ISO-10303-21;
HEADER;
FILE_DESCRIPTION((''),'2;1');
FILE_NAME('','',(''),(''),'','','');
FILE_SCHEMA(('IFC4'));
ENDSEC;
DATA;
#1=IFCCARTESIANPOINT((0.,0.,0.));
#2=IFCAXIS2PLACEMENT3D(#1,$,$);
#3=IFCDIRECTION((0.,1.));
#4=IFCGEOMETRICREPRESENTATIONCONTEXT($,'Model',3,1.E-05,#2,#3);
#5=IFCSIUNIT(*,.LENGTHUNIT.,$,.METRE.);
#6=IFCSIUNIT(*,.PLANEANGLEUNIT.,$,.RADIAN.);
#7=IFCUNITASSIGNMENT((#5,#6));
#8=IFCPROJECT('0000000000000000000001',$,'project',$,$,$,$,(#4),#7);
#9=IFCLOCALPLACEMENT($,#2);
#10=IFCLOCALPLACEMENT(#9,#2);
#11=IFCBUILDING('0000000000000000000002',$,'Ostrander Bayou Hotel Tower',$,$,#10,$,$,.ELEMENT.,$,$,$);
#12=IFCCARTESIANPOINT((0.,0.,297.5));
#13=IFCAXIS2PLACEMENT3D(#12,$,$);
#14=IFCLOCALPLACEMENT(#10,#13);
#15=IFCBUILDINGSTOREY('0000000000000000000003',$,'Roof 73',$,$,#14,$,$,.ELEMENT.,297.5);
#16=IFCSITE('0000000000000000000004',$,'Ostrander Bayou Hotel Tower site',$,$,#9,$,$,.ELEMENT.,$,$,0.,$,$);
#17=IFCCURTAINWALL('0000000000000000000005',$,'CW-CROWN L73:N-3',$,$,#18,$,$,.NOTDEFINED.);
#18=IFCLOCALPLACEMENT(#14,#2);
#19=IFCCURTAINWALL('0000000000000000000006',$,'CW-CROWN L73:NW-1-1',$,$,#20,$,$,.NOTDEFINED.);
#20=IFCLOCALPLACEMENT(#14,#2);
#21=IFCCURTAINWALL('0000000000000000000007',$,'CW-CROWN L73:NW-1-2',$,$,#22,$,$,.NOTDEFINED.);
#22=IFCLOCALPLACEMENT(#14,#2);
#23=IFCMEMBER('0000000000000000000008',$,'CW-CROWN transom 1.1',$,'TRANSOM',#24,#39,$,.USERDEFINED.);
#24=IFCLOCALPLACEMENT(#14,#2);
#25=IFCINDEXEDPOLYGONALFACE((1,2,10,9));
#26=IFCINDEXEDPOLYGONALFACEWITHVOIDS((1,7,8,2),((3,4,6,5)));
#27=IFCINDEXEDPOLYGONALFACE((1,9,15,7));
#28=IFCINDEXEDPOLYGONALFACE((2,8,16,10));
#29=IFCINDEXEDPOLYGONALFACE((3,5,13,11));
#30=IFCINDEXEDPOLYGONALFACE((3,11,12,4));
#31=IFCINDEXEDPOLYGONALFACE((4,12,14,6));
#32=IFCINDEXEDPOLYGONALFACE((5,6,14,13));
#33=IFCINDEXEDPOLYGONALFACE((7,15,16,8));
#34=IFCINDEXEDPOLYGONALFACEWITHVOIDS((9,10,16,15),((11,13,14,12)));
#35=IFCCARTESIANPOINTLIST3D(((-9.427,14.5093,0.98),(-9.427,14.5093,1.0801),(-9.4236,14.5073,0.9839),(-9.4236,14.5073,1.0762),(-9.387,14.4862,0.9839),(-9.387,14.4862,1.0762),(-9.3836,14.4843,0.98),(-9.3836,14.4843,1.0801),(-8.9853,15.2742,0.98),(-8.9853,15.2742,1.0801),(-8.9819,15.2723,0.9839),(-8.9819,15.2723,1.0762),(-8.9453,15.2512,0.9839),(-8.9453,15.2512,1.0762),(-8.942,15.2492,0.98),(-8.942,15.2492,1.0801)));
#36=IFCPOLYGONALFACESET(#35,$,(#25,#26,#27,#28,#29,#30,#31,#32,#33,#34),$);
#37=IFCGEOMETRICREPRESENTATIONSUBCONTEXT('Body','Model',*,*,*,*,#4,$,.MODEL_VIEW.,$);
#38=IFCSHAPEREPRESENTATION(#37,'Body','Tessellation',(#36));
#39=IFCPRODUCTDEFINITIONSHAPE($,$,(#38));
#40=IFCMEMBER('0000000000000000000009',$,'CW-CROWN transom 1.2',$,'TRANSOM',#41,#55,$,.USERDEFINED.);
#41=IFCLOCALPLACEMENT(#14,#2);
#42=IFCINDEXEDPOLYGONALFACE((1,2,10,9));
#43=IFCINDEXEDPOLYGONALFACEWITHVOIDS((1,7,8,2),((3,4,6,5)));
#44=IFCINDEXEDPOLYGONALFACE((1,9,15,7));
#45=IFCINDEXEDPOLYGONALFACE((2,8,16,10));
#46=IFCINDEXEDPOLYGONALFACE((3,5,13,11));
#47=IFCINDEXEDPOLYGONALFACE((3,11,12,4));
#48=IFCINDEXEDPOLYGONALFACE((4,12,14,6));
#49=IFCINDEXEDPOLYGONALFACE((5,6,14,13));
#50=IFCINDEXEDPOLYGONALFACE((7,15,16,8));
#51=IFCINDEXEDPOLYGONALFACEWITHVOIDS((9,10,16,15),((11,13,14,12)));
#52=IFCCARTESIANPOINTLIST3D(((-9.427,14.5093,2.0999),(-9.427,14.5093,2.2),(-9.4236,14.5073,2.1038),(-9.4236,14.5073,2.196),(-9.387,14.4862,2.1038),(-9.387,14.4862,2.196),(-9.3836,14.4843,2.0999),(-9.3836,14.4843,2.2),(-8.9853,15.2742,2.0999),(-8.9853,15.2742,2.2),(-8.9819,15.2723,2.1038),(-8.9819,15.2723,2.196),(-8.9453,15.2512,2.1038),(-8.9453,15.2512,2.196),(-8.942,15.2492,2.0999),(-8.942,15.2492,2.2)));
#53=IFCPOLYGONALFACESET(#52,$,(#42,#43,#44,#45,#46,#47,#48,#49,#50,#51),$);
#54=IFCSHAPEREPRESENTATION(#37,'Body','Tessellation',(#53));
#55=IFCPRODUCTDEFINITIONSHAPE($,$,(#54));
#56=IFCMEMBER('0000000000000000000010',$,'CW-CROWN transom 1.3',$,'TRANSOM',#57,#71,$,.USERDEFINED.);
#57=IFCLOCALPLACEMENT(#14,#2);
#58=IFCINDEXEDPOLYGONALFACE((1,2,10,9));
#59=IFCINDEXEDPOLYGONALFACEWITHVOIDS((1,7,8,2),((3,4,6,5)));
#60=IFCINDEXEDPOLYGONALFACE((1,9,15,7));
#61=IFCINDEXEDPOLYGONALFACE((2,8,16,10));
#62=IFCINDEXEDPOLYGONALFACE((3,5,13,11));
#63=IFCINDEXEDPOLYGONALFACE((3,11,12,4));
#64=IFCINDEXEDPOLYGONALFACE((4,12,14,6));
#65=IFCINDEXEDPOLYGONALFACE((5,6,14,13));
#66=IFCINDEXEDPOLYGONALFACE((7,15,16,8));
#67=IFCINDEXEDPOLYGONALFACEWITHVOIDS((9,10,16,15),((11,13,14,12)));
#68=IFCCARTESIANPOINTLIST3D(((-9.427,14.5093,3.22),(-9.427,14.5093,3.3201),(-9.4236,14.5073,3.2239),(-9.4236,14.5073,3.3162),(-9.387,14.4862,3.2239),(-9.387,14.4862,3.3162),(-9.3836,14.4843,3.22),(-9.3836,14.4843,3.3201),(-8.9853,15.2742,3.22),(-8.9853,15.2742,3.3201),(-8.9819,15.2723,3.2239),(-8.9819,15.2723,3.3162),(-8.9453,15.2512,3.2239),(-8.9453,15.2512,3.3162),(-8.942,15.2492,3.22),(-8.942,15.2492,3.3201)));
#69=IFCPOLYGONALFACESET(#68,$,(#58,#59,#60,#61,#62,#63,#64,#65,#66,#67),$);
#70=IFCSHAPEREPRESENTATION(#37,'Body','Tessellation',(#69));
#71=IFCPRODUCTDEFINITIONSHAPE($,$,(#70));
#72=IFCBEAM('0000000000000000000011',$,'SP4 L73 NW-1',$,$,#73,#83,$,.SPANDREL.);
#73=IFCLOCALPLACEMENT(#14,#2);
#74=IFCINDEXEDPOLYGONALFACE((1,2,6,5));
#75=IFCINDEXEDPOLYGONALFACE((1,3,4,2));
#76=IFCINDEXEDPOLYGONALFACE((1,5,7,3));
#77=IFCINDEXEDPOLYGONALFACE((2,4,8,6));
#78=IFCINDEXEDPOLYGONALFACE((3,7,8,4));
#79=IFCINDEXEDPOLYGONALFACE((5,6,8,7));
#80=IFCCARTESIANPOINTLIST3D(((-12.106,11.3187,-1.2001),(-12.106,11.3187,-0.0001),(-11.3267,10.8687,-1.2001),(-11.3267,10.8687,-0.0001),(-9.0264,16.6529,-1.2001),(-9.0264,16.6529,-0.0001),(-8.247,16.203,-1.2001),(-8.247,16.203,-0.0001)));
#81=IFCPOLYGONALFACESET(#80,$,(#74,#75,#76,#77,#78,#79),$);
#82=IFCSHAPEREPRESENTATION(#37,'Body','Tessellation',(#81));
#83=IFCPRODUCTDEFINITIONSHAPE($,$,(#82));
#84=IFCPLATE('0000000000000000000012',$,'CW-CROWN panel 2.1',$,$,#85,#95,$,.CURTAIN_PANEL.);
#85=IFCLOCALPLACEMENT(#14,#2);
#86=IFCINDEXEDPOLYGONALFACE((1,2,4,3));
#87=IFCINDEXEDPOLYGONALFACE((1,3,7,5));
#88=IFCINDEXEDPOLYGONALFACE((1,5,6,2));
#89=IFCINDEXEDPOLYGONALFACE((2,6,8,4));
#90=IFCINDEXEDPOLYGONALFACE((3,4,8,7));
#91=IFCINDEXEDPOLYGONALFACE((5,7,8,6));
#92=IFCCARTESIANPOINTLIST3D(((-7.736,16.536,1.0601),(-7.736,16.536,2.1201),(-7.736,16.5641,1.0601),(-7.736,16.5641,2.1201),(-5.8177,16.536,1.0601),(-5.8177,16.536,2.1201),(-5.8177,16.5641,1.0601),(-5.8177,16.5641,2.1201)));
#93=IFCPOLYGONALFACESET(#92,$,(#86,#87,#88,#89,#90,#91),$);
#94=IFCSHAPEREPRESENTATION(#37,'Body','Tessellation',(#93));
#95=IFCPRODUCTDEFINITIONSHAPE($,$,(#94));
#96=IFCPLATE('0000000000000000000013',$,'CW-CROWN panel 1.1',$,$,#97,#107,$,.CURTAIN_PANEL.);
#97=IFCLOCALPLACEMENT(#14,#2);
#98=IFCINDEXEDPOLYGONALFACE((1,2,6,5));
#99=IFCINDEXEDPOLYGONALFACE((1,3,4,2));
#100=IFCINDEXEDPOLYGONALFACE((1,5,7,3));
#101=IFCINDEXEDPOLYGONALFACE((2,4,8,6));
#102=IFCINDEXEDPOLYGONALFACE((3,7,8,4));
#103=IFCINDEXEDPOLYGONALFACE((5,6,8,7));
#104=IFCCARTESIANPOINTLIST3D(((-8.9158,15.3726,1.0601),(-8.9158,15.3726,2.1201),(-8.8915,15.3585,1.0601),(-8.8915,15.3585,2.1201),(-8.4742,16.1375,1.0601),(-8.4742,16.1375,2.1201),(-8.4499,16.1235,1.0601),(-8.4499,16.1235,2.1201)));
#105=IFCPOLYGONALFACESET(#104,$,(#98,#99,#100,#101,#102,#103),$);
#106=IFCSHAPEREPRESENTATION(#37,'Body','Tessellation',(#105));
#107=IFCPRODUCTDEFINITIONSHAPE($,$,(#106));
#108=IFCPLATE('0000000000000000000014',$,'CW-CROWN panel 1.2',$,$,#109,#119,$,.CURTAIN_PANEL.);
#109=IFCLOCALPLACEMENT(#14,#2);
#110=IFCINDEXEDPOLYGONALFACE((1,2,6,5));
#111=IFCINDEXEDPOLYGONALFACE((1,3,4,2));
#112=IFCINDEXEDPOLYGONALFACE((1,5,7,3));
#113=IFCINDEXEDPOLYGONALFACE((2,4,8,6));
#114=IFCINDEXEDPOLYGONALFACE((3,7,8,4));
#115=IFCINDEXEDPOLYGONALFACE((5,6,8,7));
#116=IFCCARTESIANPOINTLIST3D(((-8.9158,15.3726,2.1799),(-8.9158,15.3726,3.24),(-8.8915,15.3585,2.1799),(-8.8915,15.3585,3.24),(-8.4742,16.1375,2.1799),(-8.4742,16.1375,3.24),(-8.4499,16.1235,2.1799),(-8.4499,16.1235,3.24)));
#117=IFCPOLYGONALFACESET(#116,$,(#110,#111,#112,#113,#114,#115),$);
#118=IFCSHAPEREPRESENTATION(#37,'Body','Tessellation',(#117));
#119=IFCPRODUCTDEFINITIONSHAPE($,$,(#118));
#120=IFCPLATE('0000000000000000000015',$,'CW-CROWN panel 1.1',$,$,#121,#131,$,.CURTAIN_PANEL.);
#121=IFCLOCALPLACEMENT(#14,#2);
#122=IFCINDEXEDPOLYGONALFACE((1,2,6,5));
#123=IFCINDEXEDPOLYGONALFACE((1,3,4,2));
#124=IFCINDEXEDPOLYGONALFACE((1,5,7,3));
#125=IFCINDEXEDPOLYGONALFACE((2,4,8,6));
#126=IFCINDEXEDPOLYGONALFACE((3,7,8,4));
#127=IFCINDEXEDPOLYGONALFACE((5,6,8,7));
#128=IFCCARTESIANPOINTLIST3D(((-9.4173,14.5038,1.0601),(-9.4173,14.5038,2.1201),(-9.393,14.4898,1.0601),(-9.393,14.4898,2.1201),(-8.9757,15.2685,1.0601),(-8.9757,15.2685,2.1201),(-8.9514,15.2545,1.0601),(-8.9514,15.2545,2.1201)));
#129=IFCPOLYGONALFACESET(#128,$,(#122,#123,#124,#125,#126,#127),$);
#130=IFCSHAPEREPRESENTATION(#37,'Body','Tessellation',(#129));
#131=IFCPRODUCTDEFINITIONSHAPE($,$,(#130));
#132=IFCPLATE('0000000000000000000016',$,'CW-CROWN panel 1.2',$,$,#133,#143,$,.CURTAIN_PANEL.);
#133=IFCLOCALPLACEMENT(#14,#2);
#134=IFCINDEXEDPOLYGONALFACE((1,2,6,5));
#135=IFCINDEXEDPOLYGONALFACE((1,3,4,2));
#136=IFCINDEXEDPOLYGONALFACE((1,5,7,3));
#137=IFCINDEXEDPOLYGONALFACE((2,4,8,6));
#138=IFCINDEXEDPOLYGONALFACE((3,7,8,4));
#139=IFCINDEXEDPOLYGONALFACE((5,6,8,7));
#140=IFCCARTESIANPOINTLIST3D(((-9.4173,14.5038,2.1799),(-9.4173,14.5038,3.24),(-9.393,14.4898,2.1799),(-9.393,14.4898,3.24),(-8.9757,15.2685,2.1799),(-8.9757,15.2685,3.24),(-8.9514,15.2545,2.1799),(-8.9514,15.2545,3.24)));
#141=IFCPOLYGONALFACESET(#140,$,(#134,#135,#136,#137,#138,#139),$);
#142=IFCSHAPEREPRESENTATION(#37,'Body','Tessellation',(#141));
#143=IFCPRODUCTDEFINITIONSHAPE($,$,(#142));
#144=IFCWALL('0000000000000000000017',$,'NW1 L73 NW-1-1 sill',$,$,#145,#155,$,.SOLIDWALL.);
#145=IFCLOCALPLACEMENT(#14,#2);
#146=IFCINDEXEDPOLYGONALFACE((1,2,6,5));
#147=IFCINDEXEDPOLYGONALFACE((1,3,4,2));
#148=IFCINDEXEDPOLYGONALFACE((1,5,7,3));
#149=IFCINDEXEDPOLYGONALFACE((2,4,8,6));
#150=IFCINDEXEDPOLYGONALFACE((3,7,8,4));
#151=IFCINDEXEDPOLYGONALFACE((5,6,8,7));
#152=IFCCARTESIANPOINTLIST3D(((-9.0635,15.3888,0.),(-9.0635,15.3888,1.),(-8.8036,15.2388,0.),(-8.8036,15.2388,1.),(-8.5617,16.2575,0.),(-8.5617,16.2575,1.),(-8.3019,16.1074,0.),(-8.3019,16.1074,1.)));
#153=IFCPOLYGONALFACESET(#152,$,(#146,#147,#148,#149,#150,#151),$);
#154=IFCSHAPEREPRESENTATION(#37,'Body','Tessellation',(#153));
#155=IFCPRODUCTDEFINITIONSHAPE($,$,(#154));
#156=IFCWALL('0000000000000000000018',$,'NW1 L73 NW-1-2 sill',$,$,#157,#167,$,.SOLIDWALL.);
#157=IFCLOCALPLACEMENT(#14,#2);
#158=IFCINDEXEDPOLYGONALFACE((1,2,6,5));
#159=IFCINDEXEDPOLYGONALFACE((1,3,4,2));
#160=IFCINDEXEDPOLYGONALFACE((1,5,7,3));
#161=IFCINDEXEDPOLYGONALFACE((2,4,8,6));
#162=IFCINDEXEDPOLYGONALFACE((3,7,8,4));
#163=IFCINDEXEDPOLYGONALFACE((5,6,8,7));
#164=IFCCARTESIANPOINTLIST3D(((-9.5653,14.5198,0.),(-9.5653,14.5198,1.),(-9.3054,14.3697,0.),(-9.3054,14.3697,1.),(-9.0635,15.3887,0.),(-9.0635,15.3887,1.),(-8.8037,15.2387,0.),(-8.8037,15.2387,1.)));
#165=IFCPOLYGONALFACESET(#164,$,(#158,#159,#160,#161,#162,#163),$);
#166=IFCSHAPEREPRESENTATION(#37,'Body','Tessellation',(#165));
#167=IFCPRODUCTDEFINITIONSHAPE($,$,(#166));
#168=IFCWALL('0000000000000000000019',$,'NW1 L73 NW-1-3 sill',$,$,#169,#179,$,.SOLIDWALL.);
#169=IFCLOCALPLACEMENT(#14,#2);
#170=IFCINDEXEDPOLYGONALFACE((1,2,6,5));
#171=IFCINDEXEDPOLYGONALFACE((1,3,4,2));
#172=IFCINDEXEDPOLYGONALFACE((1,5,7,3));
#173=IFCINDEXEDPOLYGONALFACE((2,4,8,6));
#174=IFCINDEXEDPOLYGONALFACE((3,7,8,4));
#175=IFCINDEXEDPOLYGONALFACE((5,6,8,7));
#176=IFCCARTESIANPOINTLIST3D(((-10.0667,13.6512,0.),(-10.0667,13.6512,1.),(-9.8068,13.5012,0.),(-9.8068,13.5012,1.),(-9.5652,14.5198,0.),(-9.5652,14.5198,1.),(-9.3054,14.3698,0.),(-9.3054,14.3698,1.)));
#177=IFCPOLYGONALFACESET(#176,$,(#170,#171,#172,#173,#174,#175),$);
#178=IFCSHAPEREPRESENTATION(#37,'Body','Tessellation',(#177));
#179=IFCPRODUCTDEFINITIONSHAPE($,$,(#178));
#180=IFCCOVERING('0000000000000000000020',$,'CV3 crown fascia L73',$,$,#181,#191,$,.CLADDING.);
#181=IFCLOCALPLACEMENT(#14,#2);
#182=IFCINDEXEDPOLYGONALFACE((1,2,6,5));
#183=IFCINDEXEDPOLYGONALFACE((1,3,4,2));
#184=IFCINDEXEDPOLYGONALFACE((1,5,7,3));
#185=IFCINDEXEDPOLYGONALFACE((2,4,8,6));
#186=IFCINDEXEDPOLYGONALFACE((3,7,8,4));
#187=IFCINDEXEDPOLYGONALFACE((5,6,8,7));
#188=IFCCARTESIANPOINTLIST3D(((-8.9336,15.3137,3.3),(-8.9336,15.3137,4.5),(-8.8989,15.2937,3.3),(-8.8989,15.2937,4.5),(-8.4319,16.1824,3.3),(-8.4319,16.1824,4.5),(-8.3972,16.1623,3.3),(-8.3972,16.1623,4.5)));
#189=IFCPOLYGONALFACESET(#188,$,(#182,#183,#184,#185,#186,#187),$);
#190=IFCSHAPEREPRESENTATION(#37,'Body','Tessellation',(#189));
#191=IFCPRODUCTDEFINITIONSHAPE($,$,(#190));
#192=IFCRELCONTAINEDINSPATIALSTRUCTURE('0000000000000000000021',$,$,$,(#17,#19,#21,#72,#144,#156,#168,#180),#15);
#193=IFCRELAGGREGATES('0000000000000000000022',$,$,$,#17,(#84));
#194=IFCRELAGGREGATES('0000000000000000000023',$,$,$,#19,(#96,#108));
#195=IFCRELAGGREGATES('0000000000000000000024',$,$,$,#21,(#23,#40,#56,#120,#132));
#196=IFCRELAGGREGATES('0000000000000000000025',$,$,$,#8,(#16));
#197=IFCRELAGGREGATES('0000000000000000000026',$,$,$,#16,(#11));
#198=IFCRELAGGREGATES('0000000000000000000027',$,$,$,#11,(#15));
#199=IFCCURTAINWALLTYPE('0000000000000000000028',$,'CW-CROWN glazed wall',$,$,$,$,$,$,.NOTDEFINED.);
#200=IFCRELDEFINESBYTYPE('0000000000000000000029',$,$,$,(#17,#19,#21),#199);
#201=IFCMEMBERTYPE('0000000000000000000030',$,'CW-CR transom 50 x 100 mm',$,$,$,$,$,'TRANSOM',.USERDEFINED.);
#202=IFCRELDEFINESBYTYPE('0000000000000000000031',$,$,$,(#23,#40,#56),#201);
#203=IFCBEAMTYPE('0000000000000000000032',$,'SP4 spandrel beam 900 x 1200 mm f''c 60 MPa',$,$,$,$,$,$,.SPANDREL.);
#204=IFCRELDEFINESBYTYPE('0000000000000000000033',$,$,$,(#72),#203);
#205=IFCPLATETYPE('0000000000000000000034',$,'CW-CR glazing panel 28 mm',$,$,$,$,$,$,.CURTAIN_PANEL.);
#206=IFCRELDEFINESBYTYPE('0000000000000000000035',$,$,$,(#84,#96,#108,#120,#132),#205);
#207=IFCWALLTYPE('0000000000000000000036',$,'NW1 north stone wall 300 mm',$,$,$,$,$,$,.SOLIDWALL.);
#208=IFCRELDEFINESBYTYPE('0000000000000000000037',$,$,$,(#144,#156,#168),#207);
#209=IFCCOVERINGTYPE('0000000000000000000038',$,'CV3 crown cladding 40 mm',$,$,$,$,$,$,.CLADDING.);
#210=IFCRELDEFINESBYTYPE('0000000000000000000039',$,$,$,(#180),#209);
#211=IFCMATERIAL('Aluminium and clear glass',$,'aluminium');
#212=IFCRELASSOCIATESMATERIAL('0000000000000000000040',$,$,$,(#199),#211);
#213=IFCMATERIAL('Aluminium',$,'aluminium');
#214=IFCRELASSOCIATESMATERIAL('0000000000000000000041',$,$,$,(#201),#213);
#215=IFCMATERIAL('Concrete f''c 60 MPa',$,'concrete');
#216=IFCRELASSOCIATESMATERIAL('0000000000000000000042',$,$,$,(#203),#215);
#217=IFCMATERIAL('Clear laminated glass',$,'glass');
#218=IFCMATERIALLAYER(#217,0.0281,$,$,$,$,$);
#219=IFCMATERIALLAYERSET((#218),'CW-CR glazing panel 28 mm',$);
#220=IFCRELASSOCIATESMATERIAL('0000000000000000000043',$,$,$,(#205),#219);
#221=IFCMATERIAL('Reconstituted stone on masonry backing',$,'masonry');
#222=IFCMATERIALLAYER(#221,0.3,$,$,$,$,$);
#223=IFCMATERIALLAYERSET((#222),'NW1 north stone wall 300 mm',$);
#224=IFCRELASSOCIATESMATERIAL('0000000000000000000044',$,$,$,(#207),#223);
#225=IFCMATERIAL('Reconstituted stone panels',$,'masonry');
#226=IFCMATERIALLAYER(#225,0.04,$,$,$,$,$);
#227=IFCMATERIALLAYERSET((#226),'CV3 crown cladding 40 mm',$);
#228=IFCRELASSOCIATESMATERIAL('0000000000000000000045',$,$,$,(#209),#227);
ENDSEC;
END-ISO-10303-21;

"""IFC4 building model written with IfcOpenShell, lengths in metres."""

from ifc_helpers import new_model, si_unit, direction, frame, frame_2d, origin, origin_2d, place, context, subcontext, project, spatial, polyline, rectangle, hollow_rectangle, outline, extrude, material, layer, layer_set, material_profile, profile_set, type_object, element, aggregate, save


model = new_model("IFC4")

# Units and contexts
model_context = context("Model", 3, precision=1e-05, world=origin(), true_north=direction((0.0, 1.0)))
body_context = subcontext(model_context, "Body", "Model", "MODEL_VIEW")
ifc_project = project(units=[si_unit("LENGTHUNIT", "METRE"), si_unit("PLANEANGLEUNIT", "RADIAN")], contexts=[model_context])

# Site, building, storey
site_placement = place(None, origin())
site = spatial("IfcSite", under=ifc_project, at=site_placement, Name="Ostrander Bayou Hotel Tower site", CompositionType="ELEMENT", RefElevation=0.0)
building_placement = place(site_placement, origin())
building = spatial("IfcBuilding", under=site, at=building_placement, Name="Ostrander Bayou Hotel Tower", CompositionType="ELEMENT")
storey_placement = place(building_placement, frame((0.0, 0.0, 297.5)))
storey = spatial("IfcBuildingStorey", under=building, at=storey_placement, Name="Roof 73", CompositionType="ELEMENT", Elevation=297.5)

# Curtain wall
ifc_material_1 = material(Name="Aluminium and clear glass", Category="aluminium")
curtain_wall_type = type_object("IfcCurtainWallType", Name="CW-CROWN glazed wall", PredefinedType="NOTDEFINED", material=ifc_material_1)
curtain_wall_1_placement = place(storey_placement, origin())
curtain_wall_1 = element("IfcCurtainWall", 1, at=curtain_wall_1_placement, inside=storey, type_object=curtain_wall_type, Name="CW-CROWN L73:N-3", PredefinedType="NOTDEFINED")

# Curtain walls
curtain_wall_2_placement = place(storey_placement, origin())
curtain_wall_2 = element("IfcCurtainWall", 2, at=curtain_wall_2_placement, inside=storey, type_object=curtain_wall_type, Name="CW-CROWN L73:NW-1-1", PredefinedType="NOTDEFINED")
curtain_wall_3_placement = place(storey_placement, origin())
curtain_wall_3 = element("IfcCurtainWall", 3, at=curtain_wall_3_placement, inside=storey, type_object=curtain_wall_type, Name="CW-CROWN L73:NW-1-2", PredefinedType="NOTDEFINED")

# Members
ifc_material_2 = material(Name="Aluminium", Category="aluminium")
ifc_material_profile_1 = material_profile(ifc_material_2, hollow_rectangle(XDim=0.05, YDim=0.1001, WallThickness=0.0039, at=origin_2d()))
ifc_profile_set_1 = profile_set([ifc_material_profile_1], Name="Aluminium")
member_type_1 = type_object("IfcMemberType", Name="CW-CR transom 50 x 100 mm", ElementType="TRANSOM", PredefinedType="USERDEFINED", material=ifc_profile_set_1)
member_1_placement = place(storey_placement, frame((-8.9636, 15.2617, 1.03), z_axis=(-0.500034, -0.866006, 0.0), x_axis=(0.866006, -0.500034, 0.0)))
member_1 = element("IfcMember", 4, at=member_1_placement, type_object=member_type_1, Name="CW-CROWN transom 1.1", ObjectType="TRANSOM", PredefinedType="USERDEFINED", context=body_context, shape_type="SweptSolid", body=[
    extrude(hollow_rectangle(XDim=0.05, YDim=0.1001, WallThickness=0.0039, at=origin_2d()), origin(), (0.0, 0.0, 1.0), 0.8833),
])
member_2_placement = place(storey_placement, frame((-8.9636, 15.2617, 2.1499), z_axis=(-0.500034, -0.866006, 0.0), x_axis=(0.866006, -0.500034, 0.0)))
member_2 = element("IfcMember", 5, at=member_2_placement, type_object=member_type_1, Name="CW-CROWN transom 1.2", ObjectType="TRANSOM", PredefinedType="USERDEFINED", context=body_context, shape_type="SweptSolid", body=[
    extrude(hollow_rectangle(XDim=0.05, YDim=0.1001, WallThickness=0.0039, at=origin_2d()), origin(), (0.0, 0.0, 1.0), 0.8833),
])
member_3_placement = place(storey_placement, frame((-8.9636, 15.2617, 3.27), z_axis=(-0.500034, -0.866006, 0.0), x_axis=(0.866006, -0.500034, 0.0)))
member_3 = element("IfcMember", 6, at=member_3_placement, type_object=member_type_1, Name="CW-CROWN transom 1.3", ObjectType="TRANSOM", PredefinedType="USERDEFINED", context=body_context, shape_type="SweptSolid", body=[
    extrude(hollow_rectangle(XDim=0.05, YDim=0.1001, WallThickness=0.0039, at=origin_2d()), origin(), (0.0, 0.0, 1.0), 0.8833),
])

# Beam
ifc_material_3 = material(Name="Concrete f'c 60 MPa", Category="concrete")
ifc_material_profile_2 = material_profile(ifc_material_3, rectangle(XDim=0.8999, YDim=1.2, at=origin_2d()))
ifc_profile_set_2 = profile_set([ifc_material_profile_2], Name="Concrete f'c 60 MPa")
beam_type = type_object("IfcBeamType", Name="SP4 spandrel beam 900 x 1200 mm f'c 60 MPa", PredefinedType="SPANDREL", material=ifc_profile_set_2)
beam_placement = place(storey_placement, frame((-8.6367, 16.428, -0.6001), z_axis=(-0.499984, -0.866034, 0.0), x_axis=(0.866034, -0.499984, 0.0)))
element("IfcBeam", 7, at=beam_placement, inside=storey, type_object=beam_type, Name="SP4 L73 NW-1", PredefinedType="SPANDREL", context=body_context, shape_type="SweptSolid", body=[
    extrude(rectangle(XDim=0.8999, YDim=1.2, at=origin_2d()), origin(), (0.0, 0.0, 1.0), 6.1594),
])

# Plates
ifc_material_4 = material(Name="Clear laminated glass", Category="glass")
ifc_layer_1 = layer(ifc_material_4, 0.0281)
ifc_layer_set_1 = layer_set([ifc_layer_1], Name="CW-CR glazing panel 28 mm")
plate_type = type_object("IfcPlateType", Name="CW-CR glazing panel 28 mm", PredefinedType="CURTAIN_PANEL", material=ifc_layer_set_1)
plate_1_placement = place(storey_placement, frame((-6.7769, 16.55, 1.0601), z_axis=(0.0, 0.0, 1.0), x_axis=(-1.0, 0.0, 0.0)))
plate_1 = element("IfcPlate", 8, at=plate_1_placement, type_object=plate_type, Name="CW-CROWN panel 2.1", PredefinedType="CURTAIN_PANEL", context=body_context, shape_type="SweptSolid", body=[
    extrude(rectangle(XDim=1.9182, YDim=0.0281, at=origin_2d()), origin(), (0.0, 0.0, 1.0), 1.0601),
])
aggregate(curtain_wall_1, [plate_1])
plate_2_placement = place(storey_placement, frame((-8.6829, 15.748, 1.0601), z_axis=(0.0, 0.0, 1.0), x_axis=(-0.499999, -0.866026, 0.0)))
plate_2 = element("IfcPlate", 9, at=plate_2_placement, type_object=plate_type, Name="CW-CROWN panel 1.1", PredefinedType="CURTAIN_PANEL", context=body_context, shape_type="SweptSolid", body=[
    extrude(rectangle(XDim=0.8833, YDim=0.0281, at=origin_2d()), origin(), (0.0, 0.0, 1.0), 1.0601),
])
plate_3_placement = place(storey_placement, frame((-8.6829, 15.748, 2.1799), z_axis=(0.0, 0.0, 1.0), x_axis=(-0.499999, -0.866026, 0.0)))
plate_3 = element("IfcPlate", 10, at=plate_3_placement, type_object=plate_type, Name="CW-CROWN panel 1.2", PredefinedType="CURTAIN_PANEL", context=body_context, shape_type="SweptSolid", body=[
    extrude(rectangle(XDim=0.8833, YDim=0.0281, at=origin_2d()), origin(), (0.0, 0.0, 1.0), 1.0601),
])
aggregate(curtain_wall_2, [plate_2, plate_3])
plate_4_placement = place(storey_placement, frame((-9.1843, 14.8792, 1.0601), z_axis=(0.0, 0.0, 1.0), x_axis=(-0.500042, -0.866001, 0.0)))
plate_4 = element("IfcPlate", 11, at=plate_4_placement, type_object=plate_type, Name="CW-CROWN panel 1.1", PredefinedType="CURTAIN_PANEL", context=body_context, shape_type="SweptSolid", body=[
    extrude(rectangle(XDim=0.8831, YDim=0.0281, at=origin_2d()), origin(), (0.0, 0.0, 1.0), 1.0601),
])
plate_5_placement = place(storey_placement, frame((-9.1843, 14.8792, 2.1799), z_axis=(0.0, 0.0, 1.0), x_axis=(-0.500042, -0.866001, 0.0)))
plate_5 = element("IfcPlate", 12, at=plate_5_placement, type_object=plate_type, Name="CW-CROWN panel 1.2", PredefinedType="CURTAIN_PANEL", context=body_context, shape_type="SweptSolid", body=[
    extrude(rectangle(XDim=0.8831, YDim=0.0281, at=origin_2d()), origin(), (0.0, 0.0, 1.0), 1.0601),
])
aggregate(curtain_wall_3, [member_1, member_2, member_3, plate_4, plate_5])

# Walls
ifc_material_5 = material(Name="Reconstituted stone on masonry backing", Category="masonry")
ifc_layer_2 = layer(ifc_material_5, 0.3)
ifc_layer_set_2 = layer_set([ifc_layer_2], Name="NW1 north stone wall 300 mm")
wall_type = type_object("IfcWallType", Name="NW1 north stone wall 300 mm", PredefinedType="SOLIDWALL", material=ifc_layer_set_2)
wall_1_placement = place(storey_placement, frame((-8.4319, 16.1824, 0.0), z_axis=(0.0, 0.0, 1.0), x_axis=(-0.500144, -0.865942, 0.0)))
element("IfcWall", 13, at=wall_1_placement, inside=storey, type_object=wall_type, Name="NW1 L73 NW-1-1 sill", PredefinedType="SOLIDWALL", context=body_context, shape_type="SweptSolid", body=[
    extrude(rectangle(XDim=1.0032, YDim=0.3, at=frame_2d((0.5015, 0.0))), origin(), (0.0, 0.0, 1.0), 1.0),
])
wall_2_placement = place(storey_placement, frame((-8.9336, 15.3137, 0.0), z_axis=(0.0, 0.0, 1.0), x_axis=(-0.500038, -0.866003, 0.0)))
element("IfcWall", 14, at=wall_2_placement, inside=storey, type_object=wall_type, Name="NW1 L73 NW-1-2 sill", PredefinedType="SOLIDWALL", context=body_context, shape_type="SweptSolid", body=[
    extrude(rectangle(XDim=1.0034, YDim=0.3, at=frame_2d((0.5017, 0.0))), origin(), (0.0, 0.0, 1.0), 1.0),
])
wall_3_placement = place(storey_placement, frame((-9.4353, 14.4448, 0.0), z_axis=(0.0, 0.0, 1.0), x_axis=(-0.499961, -0.866048, 0.0)))
element("IfcWall", 15, at=wall_3_placement, inside=storey, type_object=wall_type, Name="NW1 L73 NW-1-3 sill", PredefinedType="SOLIDWALL", context=body_context, shape_type="SweptSolid", body=[
    extrude(rectangle(XDim=1.0029, YDim=0.3, at=frame_2d((0.5015, 0.0))), origin(), (0.0, 0.0, 1.0), 1.0),
])

# Covering
ifc_material_6 = material(Name="Reconstituted stone panels", Category="masonry")
ifc_layer_3 = layer(ifc_material_6, 0.04)
ifc_layer_set_3 = layer_set([ifc_layer_3], Name="CV3 crown cladding 40 mm")
covering_type = type_object("IfcCoveringType", Name="CV3 crown cladding 40 mm", PredefinedType="CLADDING", material=ifc_layer_set_3)
covering_1_placement = place(storey_placement, frame((-8.4319, 16.1824, 3.3), z_axis=(-0.865942, 0.500144, 0.0), x_axis=(-0.500144, -0.865942, 0.0)))
element("IfcCovering", 16, at=covering_1_placement, inside=storey, type_object=covering_type, Name="CV3 crown fascia L73", PredefinedType="CLADDING", context=body_context, shape_type="SweptSolid", body=[
    extrude(outline(polyline([(0.0, 0.0), (1.0031, 0.0), (1.0031, 1.2), (0.0, 1.2), (0.0, 0.0)])), origin(), (0.0, 0.0, -1.0), 0.04),
])

save(model, "model.ifc")
